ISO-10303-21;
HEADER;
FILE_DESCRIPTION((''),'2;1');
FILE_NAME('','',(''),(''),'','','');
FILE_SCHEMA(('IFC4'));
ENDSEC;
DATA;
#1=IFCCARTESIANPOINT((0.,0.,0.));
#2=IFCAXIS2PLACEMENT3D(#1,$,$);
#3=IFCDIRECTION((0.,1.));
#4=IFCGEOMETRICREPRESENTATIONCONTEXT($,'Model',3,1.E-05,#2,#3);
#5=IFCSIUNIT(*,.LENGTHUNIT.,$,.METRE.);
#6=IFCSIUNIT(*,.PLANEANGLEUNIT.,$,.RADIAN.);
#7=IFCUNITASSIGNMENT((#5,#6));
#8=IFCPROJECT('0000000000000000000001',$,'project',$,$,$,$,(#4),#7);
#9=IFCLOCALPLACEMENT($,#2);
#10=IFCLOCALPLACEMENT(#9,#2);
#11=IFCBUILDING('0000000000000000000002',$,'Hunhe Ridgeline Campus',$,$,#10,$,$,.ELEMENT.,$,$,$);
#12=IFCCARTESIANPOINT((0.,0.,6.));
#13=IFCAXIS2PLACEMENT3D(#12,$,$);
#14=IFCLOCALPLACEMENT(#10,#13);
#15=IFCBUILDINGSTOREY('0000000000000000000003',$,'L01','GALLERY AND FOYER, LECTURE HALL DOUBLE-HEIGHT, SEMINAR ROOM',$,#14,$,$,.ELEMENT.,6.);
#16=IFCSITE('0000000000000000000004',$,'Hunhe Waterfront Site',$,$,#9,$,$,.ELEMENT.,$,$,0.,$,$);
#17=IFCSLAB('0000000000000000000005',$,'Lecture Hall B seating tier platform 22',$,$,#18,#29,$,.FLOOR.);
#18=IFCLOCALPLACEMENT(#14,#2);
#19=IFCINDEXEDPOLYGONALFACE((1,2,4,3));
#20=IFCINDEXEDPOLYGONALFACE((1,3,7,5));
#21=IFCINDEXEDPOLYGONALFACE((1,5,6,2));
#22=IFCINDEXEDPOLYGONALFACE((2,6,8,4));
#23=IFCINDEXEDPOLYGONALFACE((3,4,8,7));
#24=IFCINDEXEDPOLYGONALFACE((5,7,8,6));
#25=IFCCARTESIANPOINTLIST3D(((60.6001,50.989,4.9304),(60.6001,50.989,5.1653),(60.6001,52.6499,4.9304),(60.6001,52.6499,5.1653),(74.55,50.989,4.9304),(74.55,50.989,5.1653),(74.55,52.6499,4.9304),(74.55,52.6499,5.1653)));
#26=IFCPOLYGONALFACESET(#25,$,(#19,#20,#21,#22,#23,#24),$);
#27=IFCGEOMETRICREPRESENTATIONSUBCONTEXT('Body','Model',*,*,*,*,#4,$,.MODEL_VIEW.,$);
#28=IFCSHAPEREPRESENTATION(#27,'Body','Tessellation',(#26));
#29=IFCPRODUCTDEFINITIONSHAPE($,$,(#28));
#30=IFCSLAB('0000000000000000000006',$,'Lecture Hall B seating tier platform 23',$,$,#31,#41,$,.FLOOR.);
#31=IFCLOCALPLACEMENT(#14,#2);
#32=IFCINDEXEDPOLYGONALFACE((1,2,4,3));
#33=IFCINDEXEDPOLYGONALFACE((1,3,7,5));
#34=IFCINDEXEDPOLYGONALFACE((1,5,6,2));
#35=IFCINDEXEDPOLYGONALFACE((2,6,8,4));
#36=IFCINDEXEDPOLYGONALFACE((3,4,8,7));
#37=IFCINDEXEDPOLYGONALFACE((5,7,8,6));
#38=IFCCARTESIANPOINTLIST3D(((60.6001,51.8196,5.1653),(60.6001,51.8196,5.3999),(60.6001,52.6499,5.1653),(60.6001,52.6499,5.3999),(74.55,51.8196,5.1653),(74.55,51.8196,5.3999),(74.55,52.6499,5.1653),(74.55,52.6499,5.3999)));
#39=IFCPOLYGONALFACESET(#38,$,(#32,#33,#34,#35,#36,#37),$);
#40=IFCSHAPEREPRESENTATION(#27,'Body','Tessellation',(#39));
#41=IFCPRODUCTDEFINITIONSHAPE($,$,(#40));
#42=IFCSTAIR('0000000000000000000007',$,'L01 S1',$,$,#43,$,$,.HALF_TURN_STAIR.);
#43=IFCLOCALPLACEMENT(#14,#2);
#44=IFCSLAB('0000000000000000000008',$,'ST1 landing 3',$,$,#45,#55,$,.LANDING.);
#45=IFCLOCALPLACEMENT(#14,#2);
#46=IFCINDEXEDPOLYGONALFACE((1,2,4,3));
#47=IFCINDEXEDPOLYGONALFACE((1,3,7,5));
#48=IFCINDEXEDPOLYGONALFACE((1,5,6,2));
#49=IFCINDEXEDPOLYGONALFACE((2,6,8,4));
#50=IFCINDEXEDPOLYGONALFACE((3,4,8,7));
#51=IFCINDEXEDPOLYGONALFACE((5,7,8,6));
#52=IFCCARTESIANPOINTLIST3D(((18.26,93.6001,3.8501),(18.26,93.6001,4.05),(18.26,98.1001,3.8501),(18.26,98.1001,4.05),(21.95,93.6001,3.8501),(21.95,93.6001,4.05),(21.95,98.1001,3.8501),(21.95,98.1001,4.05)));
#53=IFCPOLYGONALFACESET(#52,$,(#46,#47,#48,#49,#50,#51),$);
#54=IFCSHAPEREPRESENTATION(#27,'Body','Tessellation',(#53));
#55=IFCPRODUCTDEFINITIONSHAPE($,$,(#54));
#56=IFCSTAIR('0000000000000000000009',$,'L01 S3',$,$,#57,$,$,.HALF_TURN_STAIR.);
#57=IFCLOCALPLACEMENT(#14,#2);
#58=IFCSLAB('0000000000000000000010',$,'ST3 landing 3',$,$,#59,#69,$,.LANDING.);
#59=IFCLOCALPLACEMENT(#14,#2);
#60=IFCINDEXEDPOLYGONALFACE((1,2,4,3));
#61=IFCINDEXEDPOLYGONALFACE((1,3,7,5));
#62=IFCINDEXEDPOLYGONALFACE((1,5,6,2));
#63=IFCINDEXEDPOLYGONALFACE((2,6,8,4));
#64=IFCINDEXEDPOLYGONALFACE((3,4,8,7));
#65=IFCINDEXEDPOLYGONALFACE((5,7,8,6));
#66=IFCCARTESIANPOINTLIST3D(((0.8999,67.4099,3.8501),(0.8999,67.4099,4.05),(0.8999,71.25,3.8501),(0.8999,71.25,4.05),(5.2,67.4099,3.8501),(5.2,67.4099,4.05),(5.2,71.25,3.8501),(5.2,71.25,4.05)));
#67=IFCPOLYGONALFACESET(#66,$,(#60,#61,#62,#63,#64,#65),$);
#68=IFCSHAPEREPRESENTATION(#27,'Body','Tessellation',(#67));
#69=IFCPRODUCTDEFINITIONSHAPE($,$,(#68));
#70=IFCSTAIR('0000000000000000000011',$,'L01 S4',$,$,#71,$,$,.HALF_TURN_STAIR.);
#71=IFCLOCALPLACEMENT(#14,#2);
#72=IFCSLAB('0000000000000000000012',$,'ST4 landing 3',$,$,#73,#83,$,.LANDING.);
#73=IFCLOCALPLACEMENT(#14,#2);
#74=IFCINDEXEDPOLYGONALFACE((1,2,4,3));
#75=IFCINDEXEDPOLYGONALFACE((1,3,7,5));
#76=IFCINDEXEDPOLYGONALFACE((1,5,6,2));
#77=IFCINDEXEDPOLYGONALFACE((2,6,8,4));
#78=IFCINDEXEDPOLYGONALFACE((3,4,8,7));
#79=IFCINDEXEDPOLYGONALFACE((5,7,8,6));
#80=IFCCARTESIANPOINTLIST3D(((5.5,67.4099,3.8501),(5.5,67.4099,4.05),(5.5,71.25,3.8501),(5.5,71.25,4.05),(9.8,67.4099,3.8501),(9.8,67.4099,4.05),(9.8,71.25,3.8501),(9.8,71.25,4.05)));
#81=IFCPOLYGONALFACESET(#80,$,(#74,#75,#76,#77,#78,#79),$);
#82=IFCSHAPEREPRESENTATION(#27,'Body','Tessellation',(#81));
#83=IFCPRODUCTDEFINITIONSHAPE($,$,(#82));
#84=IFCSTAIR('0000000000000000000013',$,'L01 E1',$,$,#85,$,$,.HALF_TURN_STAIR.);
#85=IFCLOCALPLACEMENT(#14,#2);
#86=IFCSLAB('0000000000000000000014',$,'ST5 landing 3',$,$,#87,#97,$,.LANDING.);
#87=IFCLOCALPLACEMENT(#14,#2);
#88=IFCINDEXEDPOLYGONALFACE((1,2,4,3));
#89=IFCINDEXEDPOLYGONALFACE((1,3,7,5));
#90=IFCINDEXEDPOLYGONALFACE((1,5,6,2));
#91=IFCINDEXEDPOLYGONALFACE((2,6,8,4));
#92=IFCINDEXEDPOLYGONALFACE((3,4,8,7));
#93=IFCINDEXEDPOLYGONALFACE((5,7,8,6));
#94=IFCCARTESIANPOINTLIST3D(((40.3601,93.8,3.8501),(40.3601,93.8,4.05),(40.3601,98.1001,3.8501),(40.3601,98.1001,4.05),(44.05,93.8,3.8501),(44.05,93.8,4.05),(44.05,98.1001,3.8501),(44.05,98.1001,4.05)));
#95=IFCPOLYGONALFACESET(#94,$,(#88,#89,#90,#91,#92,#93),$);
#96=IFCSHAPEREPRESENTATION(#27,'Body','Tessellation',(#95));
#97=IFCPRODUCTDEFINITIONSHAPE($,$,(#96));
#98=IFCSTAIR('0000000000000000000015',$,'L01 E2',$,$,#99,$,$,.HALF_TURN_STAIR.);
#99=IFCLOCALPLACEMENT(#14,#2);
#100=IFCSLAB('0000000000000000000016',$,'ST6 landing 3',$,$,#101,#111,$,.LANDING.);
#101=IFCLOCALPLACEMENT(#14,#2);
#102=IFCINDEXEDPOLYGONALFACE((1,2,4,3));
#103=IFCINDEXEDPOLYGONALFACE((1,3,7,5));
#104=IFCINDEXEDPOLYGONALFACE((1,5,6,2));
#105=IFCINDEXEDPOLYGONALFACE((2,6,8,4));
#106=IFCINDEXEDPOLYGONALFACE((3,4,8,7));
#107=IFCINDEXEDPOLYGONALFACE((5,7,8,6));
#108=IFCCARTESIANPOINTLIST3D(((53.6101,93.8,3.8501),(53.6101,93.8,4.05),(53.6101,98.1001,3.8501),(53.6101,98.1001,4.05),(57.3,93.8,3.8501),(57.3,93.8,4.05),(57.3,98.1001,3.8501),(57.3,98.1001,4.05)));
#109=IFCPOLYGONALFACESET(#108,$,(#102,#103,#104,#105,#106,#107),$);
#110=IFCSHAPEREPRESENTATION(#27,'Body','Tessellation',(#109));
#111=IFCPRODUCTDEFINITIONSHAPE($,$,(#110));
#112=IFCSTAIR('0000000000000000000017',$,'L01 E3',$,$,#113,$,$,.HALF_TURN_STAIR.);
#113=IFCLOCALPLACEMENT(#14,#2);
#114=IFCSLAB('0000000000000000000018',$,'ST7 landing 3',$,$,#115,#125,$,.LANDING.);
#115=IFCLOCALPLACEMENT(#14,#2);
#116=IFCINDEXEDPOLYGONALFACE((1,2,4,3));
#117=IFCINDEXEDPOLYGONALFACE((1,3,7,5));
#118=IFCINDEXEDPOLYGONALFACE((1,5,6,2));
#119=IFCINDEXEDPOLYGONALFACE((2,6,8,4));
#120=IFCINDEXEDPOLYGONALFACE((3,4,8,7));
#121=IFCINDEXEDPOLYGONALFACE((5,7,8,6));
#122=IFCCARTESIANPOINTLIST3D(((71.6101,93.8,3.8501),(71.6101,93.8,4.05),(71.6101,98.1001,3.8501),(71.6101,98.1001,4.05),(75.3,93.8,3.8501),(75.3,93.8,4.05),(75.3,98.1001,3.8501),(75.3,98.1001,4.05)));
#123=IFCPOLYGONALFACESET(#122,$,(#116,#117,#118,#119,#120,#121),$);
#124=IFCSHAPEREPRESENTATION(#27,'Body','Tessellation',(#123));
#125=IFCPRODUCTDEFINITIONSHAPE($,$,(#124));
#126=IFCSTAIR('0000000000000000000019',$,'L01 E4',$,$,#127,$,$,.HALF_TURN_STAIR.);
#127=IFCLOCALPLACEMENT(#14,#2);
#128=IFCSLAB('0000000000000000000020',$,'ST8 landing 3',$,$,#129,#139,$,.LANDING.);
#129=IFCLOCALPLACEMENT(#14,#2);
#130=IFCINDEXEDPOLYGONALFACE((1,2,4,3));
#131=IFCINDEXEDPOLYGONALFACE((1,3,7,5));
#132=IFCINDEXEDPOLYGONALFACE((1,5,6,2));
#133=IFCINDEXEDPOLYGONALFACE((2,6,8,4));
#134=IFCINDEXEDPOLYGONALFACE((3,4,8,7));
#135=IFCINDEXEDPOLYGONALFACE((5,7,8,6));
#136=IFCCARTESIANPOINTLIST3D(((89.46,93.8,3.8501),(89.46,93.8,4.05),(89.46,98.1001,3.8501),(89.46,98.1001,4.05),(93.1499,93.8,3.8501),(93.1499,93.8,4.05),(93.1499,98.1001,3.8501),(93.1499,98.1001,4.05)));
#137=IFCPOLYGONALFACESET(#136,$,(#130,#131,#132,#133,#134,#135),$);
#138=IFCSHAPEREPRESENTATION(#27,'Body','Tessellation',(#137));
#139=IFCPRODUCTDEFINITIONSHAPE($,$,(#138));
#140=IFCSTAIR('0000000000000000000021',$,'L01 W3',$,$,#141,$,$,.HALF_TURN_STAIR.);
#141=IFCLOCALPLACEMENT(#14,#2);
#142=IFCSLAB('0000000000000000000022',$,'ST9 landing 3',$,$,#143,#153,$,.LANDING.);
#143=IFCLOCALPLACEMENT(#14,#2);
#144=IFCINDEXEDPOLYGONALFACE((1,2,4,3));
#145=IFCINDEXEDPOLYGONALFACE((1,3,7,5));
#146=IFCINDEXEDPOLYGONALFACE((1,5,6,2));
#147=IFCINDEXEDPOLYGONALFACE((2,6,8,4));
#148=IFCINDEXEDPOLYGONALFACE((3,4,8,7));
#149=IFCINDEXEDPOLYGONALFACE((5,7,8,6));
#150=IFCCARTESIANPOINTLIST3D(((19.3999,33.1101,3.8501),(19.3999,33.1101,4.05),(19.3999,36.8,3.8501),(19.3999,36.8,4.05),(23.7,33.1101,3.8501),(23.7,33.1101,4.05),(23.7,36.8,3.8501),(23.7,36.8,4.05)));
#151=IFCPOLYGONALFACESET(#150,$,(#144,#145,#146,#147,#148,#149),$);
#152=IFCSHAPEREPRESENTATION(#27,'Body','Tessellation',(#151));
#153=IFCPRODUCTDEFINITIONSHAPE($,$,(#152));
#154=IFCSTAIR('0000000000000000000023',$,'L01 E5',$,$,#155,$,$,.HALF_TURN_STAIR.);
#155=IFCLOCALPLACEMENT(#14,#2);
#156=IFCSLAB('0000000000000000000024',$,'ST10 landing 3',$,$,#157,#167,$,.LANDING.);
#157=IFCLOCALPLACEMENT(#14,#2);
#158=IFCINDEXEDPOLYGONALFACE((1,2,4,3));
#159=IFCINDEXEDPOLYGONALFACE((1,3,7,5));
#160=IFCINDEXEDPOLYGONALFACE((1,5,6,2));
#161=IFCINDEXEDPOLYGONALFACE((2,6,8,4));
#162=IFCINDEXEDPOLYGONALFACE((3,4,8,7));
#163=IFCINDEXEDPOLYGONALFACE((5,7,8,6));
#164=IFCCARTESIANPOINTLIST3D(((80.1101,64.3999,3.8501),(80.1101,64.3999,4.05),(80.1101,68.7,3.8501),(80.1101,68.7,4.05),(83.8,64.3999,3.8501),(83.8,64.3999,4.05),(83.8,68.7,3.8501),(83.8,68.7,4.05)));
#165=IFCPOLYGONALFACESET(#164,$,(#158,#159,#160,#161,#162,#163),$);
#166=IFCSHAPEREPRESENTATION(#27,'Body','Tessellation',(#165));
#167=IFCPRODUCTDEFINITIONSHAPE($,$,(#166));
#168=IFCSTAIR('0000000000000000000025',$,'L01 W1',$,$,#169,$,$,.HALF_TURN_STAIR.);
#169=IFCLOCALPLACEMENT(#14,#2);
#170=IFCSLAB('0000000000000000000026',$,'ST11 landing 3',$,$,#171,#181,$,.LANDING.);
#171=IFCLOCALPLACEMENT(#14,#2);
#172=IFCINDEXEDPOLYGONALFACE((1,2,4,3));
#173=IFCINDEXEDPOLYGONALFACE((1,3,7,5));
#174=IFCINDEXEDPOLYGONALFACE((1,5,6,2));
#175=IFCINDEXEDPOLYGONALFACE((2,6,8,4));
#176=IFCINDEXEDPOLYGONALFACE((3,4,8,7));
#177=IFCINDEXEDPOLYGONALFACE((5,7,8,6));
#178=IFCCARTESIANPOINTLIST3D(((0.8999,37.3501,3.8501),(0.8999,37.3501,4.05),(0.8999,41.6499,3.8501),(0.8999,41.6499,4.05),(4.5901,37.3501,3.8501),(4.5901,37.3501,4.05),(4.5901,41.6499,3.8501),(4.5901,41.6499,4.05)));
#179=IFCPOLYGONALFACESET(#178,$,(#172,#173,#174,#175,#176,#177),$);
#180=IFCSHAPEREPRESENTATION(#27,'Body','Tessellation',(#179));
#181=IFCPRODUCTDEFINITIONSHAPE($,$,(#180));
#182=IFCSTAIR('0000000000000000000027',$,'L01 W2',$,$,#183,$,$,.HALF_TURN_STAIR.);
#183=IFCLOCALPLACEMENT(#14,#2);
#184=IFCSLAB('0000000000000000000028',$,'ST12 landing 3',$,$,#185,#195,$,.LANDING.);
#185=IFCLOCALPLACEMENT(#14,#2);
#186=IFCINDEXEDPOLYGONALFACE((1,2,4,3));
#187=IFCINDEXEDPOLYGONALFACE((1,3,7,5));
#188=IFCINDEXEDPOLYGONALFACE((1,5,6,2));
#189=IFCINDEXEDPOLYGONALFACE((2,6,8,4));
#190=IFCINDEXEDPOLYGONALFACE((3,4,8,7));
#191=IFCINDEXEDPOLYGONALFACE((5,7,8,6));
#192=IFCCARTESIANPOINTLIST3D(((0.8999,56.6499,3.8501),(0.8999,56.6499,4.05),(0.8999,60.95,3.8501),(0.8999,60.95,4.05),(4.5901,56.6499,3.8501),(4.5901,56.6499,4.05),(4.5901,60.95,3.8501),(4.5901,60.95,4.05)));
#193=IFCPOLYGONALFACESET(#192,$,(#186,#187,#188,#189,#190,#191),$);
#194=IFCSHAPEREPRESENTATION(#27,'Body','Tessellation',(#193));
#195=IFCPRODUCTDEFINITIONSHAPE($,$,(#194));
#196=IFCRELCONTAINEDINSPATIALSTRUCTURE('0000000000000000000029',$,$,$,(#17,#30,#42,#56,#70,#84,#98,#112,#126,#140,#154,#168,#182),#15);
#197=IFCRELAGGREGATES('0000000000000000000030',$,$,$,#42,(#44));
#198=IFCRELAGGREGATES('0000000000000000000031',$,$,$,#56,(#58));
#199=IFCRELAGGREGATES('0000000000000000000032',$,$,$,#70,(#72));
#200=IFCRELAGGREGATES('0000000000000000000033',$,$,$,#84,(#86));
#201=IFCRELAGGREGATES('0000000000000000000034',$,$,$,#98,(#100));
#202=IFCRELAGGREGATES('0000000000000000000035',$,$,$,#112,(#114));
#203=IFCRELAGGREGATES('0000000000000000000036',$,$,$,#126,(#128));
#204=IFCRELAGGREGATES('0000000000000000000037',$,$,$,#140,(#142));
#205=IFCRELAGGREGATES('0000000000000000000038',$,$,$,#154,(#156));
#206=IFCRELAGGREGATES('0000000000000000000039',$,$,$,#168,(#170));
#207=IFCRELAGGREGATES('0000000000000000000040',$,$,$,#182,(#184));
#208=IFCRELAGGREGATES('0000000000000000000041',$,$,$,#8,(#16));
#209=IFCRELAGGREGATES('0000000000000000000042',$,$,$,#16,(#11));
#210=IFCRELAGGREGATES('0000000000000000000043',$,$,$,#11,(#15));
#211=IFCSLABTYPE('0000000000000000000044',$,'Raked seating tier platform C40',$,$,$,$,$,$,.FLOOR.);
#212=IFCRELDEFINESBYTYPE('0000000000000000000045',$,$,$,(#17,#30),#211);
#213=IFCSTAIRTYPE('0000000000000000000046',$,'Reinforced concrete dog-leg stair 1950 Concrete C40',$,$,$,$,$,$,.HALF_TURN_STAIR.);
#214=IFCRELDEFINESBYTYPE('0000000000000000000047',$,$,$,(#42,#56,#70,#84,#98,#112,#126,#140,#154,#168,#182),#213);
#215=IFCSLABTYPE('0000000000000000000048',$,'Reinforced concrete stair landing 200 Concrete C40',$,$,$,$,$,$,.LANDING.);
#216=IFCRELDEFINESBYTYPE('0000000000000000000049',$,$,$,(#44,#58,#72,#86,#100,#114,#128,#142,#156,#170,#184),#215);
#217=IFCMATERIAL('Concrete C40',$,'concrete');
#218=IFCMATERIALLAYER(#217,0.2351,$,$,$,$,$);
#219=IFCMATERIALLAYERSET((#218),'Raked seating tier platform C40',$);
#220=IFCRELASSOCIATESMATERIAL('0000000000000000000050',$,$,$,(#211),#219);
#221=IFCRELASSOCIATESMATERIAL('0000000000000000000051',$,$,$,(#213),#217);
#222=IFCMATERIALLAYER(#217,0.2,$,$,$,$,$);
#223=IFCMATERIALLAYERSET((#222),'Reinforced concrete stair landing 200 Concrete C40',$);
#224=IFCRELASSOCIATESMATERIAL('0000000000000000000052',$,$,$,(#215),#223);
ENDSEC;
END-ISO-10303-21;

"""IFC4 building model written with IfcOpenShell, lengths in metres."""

from ifc_helpers import new_model, si_unit, direction, frame, origin, place, context, subcontext, project, spatial, polyline, outline, extrude, material, layer, layer_set, type_object, element, aggregate, save


model = new_model("IFC4")

# Units and contexts
model_context = context("Model", 3, precision=1e-05, world=origin(), true_north=direction((0.0, 1.0)))
body_context = subcontext(model_context, "Body", "Model", "MODEL_VIEW")
ifc_project = project(units=[si_unit("LENGTHUNIT", "METRE"), si_unit("PLANEANGLEUNIT", "RADIAN")], contexts=[model_context])

# Site, building, storey
site_placement = place(None, origin())
site = spatial("IfcSite", under=ifc_project, at=site_placement, Name="Hunhe Waterfront Site", CompositionType="ELEMENT", RefElevation=0.0)
building_placement = place(site_placement, origin())
building = spatial("IfcBuilding", under=site, at=building_placement, Name="Hunhe Ridgeline Campus", CompositionType="ELEMENT")
storey_placement = place(building_placement, frame((0.0, 0.0, 6.0)))
storey = spatial("IfcBuildingStorey", under=building, at=storey_placement, Name="L01", Description="GALLERY AND FOYER, LECTURE HALL DOUBLE-HEIGHT, SEMINAR ROOM", CompositionType="ELEMENT", Elevation=6.0)

# Slabs
ifc_material = material(Name="Concrete C40", Category="concrete")
ifc_layer_1 = layer(ifc_material, 0.2351)
ifc_layer_set_1 = layer_set([ifc_layer_1], Name="Raked seating tier platform C40")
slab_type_1 = type_object("IfcSlabType", Name="Raked seating tier platform C40", PredefinedType="FLOOR", material=ifc_layer_set_1)
slab_1_placement = place(storey_placement, frame((0.0, 0.0, 4.9304)))
element("IfcSlab", 1, at=slab_1_placement, inside=storey, type_object=slab_type_1, Name="Lecture Hall B seating tier platform 22", PredefinedType="FLOOR", context=body_context, shape_type="SweptSolid", body=[
    extrude(outline(polyline([(60.6001, 50.989), (74.55, 50.989), (74.55, 52.6499), (60.6001, 52.6499), (60.6001, 50.989)])), origin(), (0.0, 0.0, 1.0), 0.2349),
])
slab_2_placement = place(storey_placement, frame((0.0, 0.0, 5.1653)))
element("IfcSlab", 2, at=slab_2_placement, inside=storey, type_object=slab_type_1, Name="Lecture Hall B seating tier platform 23", PredefinedType="FLOOR", context=body_context, shape_type="SweptSolid", body=[
    extrude(outline(polyline([(60.6001, 51.8196), (74.55, 51.8196), (74.55, 52.6499), (60.6001, 52.6499), (60.6001, 51.8196)])), origin(), (0.0, 0.0, 1.0), 0.2346),
])

# Stairs, slabs
stair_type = type_object("IfcStairType", Name="Reinforced concrete dog-leg stair 1950 Concrete C40", PredefinedType="HALF_TURN_STAIR", material=ifc_material)
stair_1_placement = place(storey_placement, origin())
stair_1 = element("IfcStair", 3, at=stair_1_placement, inside=storey, type_object=stair_type, Name="L01 S1", PredefinedType="HALF_TURN_STAIR")
ifc_layer_2 = layer(ifc_material, 0.2)
ifc_layer_set_2 = layer_set([ifc_layer_2], Name="Reinforced concrete stair landing 200 Concrete C40")
slab_type_2 = type_object("IfcSlabType", Name="Reinforced concrete stair landing 200 Concrete C40", PredefinedType="LANDING", material=ifc_layer_set_2)
slab_3_placement = place(storey_placement, frame((0.0, 0.0, 3.8501)))
slab_3 = element("IfcSlab", 4, at=slab_3_placement, type_object=slab_type_2, Name="ST1 landing 3", PredefinedType="LANDING", context=body_context, shape_type="SweptSolid", body=[
    extrude(outline(polyline([(18.26, 93.6001), (21.95, 93.6001), (21.95, 98.1001), (18.26, 98.1001), (18.26, 93.6001)])), origin(), (0.0, 0.0, 1.0), 0.2),
])
aggregate(stair_1, [slab_3])
stair_2_placement = place(storey_placement, origin())
stair_2 = element("IfcStair", 5, at=stair_2_placement, inside=storey, type_object=stair_type, Name="L01 S3", PredefinedType="HALF_TURN_STAIR")
slab_4_placement = place(storey_placement, frame((0.0, 0.0, 3.8501)))
slab_4 = element("IfcSlab", 6, at=slab_4_placement, type_object=slab_type_2, Name="ST3 landing 3", PredefinedType="LANDING", context=body_context, shape_type="SweptSolid", body=[
    extrude(outline(polyline([(5.2, 67.4099), (5.2, 71.25), (0.8999, 71.25), (0.8999, 67.4099), (5.2, 67.4099)])), origin(), (0.0, 0.0, 1.0), 0.2),
])
aggregate(stair_2, [slab_4])
stair_3_placement = place(storey_placement, origin())
stair_3 = element("IfcStair", 7, at=stair_3_placement, inside=storey, type_object=stair_type, Name="L01 S4", PredefinedType="HALF_TURN_STAIR")
slab_5_placement = place(storey_placement, frame((0.0, 0.0, 3.8501)))
slab_5 = element("IfcSlab", 8, at=slab_5_placement, type_object=slab_type_2, Name="ST4 landing 3", PredefinedType="LANDING", context=body_context, shape_type="SweptSolid", body=[
    extrude(outline(polyline([(9.8, 67.4099), (9.8, 71.25), (5.5, 71.25), (5.5, 67.4099), (9.8, 67.4099)])), origin(), (0.0, 0.0, 1.0), 0.2),
])
aggregate(stair_3, [slab_5])
stair_4_placement = place(storey_placement, origin())
stair_4 = element("IfcStair", 9, at=stair_4_placement, inside=storey, type_object=stair_type, Name="L01 E1", PredefinedType="HALF_TURN_STAIR")
slab_6_placement = place(storey_placement, frame((0.0, 0.0, 3.8501)))
slab_6 = element("IfcSlab", 10, at=slab_6_placement, type_object=slab_type_2, Name="ST5 landing 3", PredefinedType="LANDING", context=body_context, shape_type="SweptSolid", body=[
    extrude(outline(polyline([(40.3601, 93.8), (44.05, 93.8), (44.05, 98.1001), (40.3601, 98.1001), (40.3601, 93.8)])), origin(), (0.0, 0.0, 1.0), 0.2),
])
aggregate(stair_4, [slab_6])
stair_5_placement = place(storey_placement, origin())
stair_5 = element("IfcStair", 11, at=stair_5_placement, inside=storey, type_object=stair_type, Name="L01 E2", PredefinedType="HALF_TURN_STAIR")
slab_7_placement = place(storey_placement, frame((0.0, 0.0, 3.8501)))
slab_7 = element("IfcSlab", 12, at=slab_7_placement, type_object=slab_type_2, Name="ST6 landing 3", PredefinedType="LANDING", context=body_context, shape_type="SweptSolid", body=[
    extrude(outline(polyline([(53.6101, 93.8), (57.3, 93.8), (57.3, 98.1001), (53.6101, 98.1001), (53.6101, 93.8)])), origin(), (0.0, 0.0, 1.0), 0.2),
])
aggregate(stair_5, [slab_7])
stair_6_placement = place(storey_placement, origin())
stair_6 = element("IfcStair", 13, at=stair_6_placement, inside=storey, type_object=stair_type, Name="L01 E3", PredefinedType="HALF_TURN_STAIR")
slab_8_placement = place(storey_placement, frame((0.0, 0.0, 3.8501)))
slab_8 = element("IfcSlab", 14, at=slab_8_placement, type_object=slab_type_2, Name="ST7 landing 3", PredefinedType="LANDING", context=body_context, shape_type="SweptSolid", body=[
    extrude(outline(polyline([(71.6101, 93.8), (75.3, 93.8), (75.3, 98.1001), (71.6101, 98.1001), (71.6101, 93.8)])), origin(), (0.0, 0.0, 1.0), 0.2),
])
aggregate(stair_6, [slab_8])
stair_7_placement = place(storey_placement, origin())
stair_7 = element("IfcStair", 15, at=stair_7_placement, inside=storey, type_object=stair_type, Name="L01 E4", PredefinedType="HALF_TURN_STAIR")
slab_9_placement = place(storey_placement, frame((0.0, 0.0, 3.8501)))
slab_9 = element("IfcSlab", 16, at=slab_9_placement, type_object=slab_type_2, Name="ST8 landing 3", PredefinedType="LANDING", context=body_context, shape_type="SweptSolid", body=[
    extrude(outline(polyline([(89.46, 93.8), (93.1499, 93.8), (93.1499, 98.1001), (89.46, 98.1001), (89.46, 93.8)])), origin(), (0.0, 0.0, 1.0), 0.2),
])
aggregate(stair_7, [slab_9])
stair_8_placement = place(storey_placement, origin())
stair_8 = element("IfcStair", 17, at=stair_8_placement, inside=storey, type_object=stair_type, Name="L01 W3", PredefinedType="HALF_TURN_STAIR")
slab_10_placement = place(storey_placement, frame((0.0, 0.0, 3.8501)))
slab_10 = element("IfcSlab", 18, at=slab_10_placement, type_object=slab_type_2, Name="ST9 landing 3", PredefinedType="LANDING", context=body_context, shape_type="SweptSolid", body=[
    extrude(outline(polyline([(23.7, 33.1101), (23.7, 36.8), (19.3999, 36.8), (19.3999, 33.1101), (23.7, 33.1101)])), origin(), (0.0, 0.0, 1.0), 0.2),
])
aggregate(stair_8, [slab_10])
stair_9_placement = place(storey_placement, origin())
stair_9 = element("IfcStair", 19, at=stair_9_placement, inside=storey, type_object=stair_type, Name="L01 E5", PredefinedType="HALF_TURN_STAIR")
slab_11_placement = place(storey_placement, frame((0.0, 0.0, 3.8501)))
slab_11 = element("IfcSlab", 20, at=slab_11_placement, type_object=slab_type_2, Name="ST10 landing 3", PredefinedType="LANDING", context=body_context, shape_type="SweptSolid", body=[
    extrude(outline(polyline([(80.1101, 64.3999), (83.8, 64.3999), (83.8, 68.7), (80.1101, 68.7), (80.1101, 64.3999)])), origin(), (0.0, 0.0, 1.0), 0.2),
])
aggregate(stair_9, [slab_11])
stair_10_placement = place(storey_placement, origin())
stair_10 = element("IfcStair", 21, at=stair_10_placement, inside=storey, type_object=stair_type, Name="L01 W1", PredefinedType="HALF_TURN_STAIR")
slab_12_placement = place(storey_placement, frame((0.0, 0.0, 3.8501)))
slab_12 = element("IfcSlab", 22, at=slab_12_placement, type_object=slab_type_2, Name="ST11 landing 3", PredefinedType="LANDING", context=body_context, shape_type="SweptSolid", body=[
    extrude(outline(polyline([(4.5901, 41.6499), (0.8999, 41.6499), (0.8999, 37.3501), (4.5901, 37.3501), (4.5901, 41.6499)])), origin(), (0.0, 0.0, 1.0), 0.2),
])
aggregate(stair_10, [slab_12])
stair_11_placement = place(storey_placement, origin())
stair_11 = element("IfcStair", 23, at=stair_11_placement, inside=storey, type_object=stair_type, Name="L01 W2", PredefinedType="HALF_TURN_STAIR")
slab_13_placement = place(storey_placement, frame((0.0, 0.0, 3.8501)))
slab_13 = element("IfcSlab", 24, at=slab_13_placement, type_object=slab_type_2, Name="ST12 landing 3", PredefinedType="LANDING", context=body_context, shape_type="SweptSolid", body=[
    extrude(outline(polyline([(4.5901, 60.95), (0.8999, 60.95), (0.8999, 56.6499), (4.5901, 56.6499), (4.5901, 60.95)])), origin(), (0.0, 0.0, 1.0), 0.2),
])
aggregate(stair_11, [slab_13])

save(model, "model.ifc")
